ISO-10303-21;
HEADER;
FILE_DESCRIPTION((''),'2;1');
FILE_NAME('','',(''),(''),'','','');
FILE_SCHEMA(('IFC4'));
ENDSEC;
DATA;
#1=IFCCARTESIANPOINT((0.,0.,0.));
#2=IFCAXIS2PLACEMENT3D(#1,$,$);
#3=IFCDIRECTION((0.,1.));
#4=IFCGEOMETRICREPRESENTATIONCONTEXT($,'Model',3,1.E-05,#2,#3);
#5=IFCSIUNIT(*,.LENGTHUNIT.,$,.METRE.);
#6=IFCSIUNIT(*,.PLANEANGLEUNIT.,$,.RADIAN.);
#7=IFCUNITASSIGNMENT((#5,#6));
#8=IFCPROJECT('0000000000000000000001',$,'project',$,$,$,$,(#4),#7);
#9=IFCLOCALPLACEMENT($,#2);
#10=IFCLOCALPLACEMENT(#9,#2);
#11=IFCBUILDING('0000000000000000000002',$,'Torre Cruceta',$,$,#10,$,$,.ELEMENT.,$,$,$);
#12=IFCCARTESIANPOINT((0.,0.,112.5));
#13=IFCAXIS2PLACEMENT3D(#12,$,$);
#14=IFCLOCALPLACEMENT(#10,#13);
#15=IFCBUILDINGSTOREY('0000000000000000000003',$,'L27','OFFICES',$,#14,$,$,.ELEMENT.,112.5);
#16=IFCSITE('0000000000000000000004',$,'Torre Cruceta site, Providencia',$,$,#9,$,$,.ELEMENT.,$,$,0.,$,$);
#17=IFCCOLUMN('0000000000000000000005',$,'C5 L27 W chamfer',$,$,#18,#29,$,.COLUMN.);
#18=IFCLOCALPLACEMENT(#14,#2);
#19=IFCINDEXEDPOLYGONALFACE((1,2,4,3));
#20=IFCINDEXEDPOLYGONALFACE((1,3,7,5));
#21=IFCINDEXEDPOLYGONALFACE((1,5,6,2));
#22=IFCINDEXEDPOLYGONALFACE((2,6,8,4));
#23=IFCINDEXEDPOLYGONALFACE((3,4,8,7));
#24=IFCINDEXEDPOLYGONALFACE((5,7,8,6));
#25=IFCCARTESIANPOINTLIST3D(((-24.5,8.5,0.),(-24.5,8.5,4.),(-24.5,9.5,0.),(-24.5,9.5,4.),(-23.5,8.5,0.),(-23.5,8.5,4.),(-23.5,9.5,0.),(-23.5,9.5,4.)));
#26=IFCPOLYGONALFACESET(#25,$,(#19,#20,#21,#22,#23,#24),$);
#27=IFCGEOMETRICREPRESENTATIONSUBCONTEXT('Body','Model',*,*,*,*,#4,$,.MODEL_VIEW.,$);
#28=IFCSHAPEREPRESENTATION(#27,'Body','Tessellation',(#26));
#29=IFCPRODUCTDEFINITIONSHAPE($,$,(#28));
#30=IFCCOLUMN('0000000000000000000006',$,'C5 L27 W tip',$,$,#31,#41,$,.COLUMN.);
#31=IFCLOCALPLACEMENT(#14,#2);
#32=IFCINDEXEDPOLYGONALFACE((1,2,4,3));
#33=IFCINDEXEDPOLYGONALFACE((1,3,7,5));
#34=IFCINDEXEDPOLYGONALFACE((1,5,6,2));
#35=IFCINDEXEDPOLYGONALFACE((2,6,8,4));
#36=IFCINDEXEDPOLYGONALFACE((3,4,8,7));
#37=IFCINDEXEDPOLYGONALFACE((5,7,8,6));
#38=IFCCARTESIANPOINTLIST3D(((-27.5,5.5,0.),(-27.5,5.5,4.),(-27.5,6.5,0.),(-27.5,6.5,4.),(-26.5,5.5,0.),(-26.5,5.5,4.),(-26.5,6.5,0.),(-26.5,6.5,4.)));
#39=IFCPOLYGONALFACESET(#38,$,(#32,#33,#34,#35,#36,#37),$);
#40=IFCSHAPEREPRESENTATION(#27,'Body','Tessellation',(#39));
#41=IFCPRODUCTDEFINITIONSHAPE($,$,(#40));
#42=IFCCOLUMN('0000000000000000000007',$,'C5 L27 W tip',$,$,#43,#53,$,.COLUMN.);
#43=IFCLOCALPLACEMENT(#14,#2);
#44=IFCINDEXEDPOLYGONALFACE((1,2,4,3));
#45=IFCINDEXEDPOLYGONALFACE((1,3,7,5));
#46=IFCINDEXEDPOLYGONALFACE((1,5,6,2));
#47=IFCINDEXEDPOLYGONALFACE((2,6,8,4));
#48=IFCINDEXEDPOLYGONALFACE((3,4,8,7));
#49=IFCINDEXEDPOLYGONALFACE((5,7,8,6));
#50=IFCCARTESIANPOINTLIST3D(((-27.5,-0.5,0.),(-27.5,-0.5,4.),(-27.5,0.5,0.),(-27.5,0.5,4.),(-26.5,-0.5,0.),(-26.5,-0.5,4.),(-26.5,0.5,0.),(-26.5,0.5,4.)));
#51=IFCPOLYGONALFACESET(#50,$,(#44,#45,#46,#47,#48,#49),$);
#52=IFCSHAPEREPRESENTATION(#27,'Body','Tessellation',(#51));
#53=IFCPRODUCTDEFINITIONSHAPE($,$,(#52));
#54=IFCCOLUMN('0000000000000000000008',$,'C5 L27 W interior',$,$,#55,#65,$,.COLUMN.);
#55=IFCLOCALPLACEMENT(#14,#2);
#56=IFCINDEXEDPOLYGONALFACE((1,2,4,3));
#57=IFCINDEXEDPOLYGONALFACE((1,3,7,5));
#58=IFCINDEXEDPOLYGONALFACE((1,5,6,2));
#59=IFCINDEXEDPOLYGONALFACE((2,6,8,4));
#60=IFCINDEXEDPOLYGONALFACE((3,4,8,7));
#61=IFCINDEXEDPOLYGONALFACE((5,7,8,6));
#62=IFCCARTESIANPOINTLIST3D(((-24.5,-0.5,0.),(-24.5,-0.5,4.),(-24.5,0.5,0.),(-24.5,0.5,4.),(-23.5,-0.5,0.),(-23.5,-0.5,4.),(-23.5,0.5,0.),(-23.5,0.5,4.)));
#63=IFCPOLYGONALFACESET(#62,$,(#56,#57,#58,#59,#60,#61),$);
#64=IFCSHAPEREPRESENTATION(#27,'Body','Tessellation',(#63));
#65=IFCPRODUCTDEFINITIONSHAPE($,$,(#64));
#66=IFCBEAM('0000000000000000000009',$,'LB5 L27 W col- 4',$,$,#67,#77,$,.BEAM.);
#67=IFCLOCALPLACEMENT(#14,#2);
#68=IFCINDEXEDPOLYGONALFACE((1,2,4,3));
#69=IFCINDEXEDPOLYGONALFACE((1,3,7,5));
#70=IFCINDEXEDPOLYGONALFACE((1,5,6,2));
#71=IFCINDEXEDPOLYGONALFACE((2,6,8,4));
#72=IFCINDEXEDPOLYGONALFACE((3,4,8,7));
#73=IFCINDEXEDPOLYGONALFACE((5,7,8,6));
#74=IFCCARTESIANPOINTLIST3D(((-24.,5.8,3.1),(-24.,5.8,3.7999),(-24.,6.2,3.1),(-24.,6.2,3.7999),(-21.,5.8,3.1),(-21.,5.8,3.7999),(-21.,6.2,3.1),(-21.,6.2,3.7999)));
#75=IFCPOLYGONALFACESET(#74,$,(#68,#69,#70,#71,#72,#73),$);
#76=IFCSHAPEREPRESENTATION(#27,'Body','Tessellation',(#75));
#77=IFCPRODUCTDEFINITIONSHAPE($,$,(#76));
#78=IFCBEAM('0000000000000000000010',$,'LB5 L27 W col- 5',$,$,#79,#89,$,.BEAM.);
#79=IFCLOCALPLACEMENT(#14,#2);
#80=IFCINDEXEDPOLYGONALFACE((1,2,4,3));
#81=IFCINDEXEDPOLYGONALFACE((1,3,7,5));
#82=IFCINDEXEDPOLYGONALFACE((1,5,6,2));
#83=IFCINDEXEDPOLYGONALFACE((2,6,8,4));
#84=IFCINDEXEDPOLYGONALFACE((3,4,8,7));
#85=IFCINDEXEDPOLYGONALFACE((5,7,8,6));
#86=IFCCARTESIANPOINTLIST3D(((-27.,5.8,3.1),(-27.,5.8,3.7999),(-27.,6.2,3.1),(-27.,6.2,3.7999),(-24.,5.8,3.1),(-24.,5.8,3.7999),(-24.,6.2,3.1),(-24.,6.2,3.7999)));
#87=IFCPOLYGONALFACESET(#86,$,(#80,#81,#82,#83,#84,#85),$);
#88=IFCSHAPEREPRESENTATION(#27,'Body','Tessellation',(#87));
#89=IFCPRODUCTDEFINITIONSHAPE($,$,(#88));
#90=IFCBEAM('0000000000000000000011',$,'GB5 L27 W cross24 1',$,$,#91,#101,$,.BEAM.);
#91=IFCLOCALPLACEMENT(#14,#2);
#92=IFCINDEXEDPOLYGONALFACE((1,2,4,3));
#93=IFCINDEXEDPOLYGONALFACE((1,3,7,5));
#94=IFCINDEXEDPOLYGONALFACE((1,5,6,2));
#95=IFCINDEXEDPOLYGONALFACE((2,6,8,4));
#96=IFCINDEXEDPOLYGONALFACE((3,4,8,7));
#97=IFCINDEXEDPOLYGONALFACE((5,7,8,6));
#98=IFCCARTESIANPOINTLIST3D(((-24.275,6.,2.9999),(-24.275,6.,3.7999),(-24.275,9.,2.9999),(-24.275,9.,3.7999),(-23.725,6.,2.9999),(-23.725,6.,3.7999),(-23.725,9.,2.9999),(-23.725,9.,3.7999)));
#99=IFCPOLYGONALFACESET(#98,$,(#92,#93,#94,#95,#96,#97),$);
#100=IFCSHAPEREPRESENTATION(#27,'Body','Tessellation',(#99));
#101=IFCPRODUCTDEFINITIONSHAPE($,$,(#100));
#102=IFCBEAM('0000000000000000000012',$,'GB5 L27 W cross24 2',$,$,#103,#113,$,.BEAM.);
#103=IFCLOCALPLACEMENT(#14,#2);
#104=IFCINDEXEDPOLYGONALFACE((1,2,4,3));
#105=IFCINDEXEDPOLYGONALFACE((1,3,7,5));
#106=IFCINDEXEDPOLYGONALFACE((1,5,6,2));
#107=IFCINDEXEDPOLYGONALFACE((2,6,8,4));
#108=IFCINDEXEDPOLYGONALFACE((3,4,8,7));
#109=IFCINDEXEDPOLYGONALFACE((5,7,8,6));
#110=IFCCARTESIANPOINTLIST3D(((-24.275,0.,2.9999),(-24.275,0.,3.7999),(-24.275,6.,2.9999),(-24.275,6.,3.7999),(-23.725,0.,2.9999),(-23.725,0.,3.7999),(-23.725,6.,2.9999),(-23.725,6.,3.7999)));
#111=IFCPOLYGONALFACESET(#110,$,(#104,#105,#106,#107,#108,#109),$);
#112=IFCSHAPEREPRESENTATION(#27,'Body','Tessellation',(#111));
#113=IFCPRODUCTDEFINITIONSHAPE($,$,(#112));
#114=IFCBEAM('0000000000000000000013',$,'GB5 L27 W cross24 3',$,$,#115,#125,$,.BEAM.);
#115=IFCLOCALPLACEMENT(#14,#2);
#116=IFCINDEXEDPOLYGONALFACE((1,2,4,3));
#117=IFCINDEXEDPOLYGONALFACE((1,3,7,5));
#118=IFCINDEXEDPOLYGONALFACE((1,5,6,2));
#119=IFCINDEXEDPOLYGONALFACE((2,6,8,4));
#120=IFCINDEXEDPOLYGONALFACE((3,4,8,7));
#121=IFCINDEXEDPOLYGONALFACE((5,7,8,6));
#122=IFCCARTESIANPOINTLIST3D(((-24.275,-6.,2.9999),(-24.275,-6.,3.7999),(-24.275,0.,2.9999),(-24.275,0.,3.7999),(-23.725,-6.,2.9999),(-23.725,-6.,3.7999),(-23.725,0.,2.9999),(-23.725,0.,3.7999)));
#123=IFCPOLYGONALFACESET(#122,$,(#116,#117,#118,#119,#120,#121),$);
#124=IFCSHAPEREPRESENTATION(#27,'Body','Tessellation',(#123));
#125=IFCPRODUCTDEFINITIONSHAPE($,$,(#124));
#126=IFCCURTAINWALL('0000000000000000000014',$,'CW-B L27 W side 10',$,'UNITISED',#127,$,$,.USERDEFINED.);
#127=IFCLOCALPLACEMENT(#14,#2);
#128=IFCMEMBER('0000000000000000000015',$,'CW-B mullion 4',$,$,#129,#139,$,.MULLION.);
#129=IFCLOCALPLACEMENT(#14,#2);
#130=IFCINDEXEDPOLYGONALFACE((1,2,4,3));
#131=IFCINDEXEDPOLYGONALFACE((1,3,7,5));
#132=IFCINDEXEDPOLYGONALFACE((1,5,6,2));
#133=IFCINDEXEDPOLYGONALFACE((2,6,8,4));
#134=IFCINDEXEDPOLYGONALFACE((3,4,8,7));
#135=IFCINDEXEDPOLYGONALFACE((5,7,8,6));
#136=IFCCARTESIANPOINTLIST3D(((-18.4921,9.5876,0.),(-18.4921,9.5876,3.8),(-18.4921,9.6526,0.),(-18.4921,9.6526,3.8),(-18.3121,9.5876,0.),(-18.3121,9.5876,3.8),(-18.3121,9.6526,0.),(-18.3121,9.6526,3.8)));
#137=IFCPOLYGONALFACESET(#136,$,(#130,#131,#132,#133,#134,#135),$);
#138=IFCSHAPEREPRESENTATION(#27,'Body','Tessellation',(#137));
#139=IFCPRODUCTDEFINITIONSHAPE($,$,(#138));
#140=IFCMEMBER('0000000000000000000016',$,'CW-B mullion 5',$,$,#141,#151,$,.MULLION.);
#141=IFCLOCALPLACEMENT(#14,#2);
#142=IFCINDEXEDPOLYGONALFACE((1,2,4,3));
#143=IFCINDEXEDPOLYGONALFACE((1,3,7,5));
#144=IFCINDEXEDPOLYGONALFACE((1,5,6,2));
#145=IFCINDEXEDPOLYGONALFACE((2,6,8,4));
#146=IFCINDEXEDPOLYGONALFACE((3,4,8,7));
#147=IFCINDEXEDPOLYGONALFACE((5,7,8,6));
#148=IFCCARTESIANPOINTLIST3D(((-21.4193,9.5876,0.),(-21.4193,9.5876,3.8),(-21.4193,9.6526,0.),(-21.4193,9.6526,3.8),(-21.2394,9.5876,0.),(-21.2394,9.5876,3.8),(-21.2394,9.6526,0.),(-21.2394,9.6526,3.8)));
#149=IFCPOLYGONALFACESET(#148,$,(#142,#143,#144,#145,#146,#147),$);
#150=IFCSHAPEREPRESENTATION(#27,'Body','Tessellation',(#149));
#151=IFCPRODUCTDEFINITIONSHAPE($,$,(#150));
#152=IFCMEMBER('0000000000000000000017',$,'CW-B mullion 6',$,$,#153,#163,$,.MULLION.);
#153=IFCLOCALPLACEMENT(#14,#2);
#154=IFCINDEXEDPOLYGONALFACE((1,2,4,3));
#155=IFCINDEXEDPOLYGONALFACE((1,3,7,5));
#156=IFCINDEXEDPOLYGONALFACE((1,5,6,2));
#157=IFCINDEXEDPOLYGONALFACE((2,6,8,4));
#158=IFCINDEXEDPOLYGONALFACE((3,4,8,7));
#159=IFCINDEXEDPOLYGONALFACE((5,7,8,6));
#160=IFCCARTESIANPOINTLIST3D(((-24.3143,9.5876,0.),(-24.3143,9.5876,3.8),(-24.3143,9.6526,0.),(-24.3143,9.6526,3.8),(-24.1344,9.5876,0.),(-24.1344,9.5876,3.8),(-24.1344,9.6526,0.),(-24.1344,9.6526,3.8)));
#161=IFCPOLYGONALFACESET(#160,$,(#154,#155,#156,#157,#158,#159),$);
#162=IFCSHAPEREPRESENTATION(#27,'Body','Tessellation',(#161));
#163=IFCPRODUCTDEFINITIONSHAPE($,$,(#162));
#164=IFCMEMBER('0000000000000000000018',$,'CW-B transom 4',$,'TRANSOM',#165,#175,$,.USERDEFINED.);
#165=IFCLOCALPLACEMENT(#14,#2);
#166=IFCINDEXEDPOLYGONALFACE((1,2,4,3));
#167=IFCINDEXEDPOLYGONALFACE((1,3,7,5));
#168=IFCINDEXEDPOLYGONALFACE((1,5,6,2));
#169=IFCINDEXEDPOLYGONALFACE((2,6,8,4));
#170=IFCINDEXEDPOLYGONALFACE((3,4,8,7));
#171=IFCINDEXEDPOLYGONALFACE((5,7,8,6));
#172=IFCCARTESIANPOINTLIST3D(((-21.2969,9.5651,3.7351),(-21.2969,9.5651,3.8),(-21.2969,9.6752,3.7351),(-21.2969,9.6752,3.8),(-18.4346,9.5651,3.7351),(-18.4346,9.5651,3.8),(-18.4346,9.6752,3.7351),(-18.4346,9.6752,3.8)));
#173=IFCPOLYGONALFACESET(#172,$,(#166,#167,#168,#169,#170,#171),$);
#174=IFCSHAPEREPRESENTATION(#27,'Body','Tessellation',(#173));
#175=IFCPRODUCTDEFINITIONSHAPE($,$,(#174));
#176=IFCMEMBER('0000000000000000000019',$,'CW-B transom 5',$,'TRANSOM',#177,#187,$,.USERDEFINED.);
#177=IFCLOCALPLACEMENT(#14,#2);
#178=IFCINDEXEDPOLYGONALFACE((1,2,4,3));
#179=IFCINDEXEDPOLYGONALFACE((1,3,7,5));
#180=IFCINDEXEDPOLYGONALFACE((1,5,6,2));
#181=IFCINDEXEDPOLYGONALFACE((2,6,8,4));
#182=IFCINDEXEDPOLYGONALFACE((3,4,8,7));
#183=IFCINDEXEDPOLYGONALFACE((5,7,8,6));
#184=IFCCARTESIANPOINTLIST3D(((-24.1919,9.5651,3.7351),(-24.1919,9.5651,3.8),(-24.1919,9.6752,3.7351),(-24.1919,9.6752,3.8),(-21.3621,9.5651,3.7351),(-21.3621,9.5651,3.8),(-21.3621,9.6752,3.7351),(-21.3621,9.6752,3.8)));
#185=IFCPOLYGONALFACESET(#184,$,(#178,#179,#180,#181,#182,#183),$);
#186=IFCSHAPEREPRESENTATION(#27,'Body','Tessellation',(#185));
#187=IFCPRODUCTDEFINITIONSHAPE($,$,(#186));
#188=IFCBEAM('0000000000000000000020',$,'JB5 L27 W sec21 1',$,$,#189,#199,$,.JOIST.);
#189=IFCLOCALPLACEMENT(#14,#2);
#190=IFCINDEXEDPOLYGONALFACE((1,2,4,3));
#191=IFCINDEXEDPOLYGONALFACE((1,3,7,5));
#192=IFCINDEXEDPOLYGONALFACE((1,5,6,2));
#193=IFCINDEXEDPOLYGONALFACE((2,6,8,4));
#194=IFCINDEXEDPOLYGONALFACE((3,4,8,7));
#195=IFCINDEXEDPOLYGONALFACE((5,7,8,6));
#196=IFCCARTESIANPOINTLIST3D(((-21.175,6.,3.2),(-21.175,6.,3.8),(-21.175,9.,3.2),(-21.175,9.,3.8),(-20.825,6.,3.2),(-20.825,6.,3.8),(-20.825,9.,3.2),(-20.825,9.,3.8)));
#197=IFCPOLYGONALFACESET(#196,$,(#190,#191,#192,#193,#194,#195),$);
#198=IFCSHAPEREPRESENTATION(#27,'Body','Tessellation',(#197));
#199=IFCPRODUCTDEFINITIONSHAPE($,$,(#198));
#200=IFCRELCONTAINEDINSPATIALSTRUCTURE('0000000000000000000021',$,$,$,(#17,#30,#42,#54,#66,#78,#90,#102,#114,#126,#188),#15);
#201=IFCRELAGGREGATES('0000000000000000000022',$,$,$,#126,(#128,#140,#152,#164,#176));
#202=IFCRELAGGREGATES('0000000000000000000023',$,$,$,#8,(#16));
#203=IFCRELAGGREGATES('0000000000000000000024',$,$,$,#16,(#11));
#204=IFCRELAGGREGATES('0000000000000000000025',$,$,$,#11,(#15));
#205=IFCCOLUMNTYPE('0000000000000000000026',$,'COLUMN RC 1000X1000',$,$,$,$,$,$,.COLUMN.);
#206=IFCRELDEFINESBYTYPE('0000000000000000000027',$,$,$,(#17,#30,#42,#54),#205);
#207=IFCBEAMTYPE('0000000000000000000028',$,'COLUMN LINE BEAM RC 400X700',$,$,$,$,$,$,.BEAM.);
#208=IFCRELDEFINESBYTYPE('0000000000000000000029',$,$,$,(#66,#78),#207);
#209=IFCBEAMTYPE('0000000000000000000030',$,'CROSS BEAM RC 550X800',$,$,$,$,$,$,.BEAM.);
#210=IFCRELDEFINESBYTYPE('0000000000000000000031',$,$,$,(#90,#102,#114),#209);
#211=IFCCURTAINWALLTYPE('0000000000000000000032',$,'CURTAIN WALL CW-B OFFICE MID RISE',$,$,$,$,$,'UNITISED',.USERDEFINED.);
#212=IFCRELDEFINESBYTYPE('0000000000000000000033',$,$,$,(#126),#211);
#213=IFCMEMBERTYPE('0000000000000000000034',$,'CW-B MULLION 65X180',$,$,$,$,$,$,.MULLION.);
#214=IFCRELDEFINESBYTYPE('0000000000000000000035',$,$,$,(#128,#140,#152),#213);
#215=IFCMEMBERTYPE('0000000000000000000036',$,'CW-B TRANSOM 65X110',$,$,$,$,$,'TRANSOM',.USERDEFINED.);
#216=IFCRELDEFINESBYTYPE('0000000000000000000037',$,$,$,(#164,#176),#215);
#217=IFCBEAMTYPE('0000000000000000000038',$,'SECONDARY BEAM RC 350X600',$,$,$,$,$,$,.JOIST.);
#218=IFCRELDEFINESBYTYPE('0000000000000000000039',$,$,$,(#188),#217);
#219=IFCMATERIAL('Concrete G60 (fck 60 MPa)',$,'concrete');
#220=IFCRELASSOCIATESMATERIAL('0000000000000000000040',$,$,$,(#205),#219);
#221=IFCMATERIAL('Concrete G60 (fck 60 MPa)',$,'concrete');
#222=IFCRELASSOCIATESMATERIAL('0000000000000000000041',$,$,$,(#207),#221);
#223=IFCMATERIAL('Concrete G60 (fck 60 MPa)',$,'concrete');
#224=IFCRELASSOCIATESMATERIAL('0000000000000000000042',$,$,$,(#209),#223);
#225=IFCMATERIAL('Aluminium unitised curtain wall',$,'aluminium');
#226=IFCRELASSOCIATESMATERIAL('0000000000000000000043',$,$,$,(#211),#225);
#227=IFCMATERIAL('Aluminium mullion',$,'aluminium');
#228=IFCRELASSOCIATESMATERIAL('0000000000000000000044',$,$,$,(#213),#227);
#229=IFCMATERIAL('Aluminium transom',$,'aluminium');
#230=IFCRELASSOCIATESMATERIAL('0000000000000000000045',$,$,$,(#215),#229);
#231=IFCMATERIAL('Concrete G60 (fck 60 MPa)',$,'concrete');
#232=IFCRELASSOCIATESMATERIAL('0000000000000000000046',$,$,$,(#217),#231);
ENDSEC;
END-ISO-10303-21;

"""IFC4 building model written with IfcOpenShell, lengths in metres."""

from ifc_helpers import new_model, si_unit, direction, frame, origin, origin_2d, place, context, subcontext, project, spatial, rectangle, extrude, material, material_profile, profile_set, type_object, element, aggregate, save


model = new_model("IFC4")

# Units and contexts
model_context = context("Model", 3, precision=1e-05, world=origin(), true_north=direction((0.0, 1.0)))
body_context = subcontext(model_context, "Body", "Model", "MODEL_VIEW")
ifc_project = project(units=[si_unit("LENGTHUNIT", "METRE"), si_unit("PLANEANGLEUNIT", "RADIAN")], contexts=[model_context])

# Site, building, storey
site_placement = place(None, origin())
site = spatial("IfcSite", under=ifc_project, at=site_placement, Name="Torre Cruceta site, Providencia", CompositionType="ELEMENT", RefElevation=0.0)
building_placement = place(site_placement, origin())
building = spatial("IfcBuilding", under=site, at=building_placement, Name="Torre Cruceta", CompositionType="ELEMENT")
storey_placement = place(building_placement, frame((0.0, 0.0, 112.5)))
storey = spatial("IfcBuildingStorey", under=building, at=storey_placement, Name="L27", Description="OFFICES", CompositionType="ELEMENT", Elevation=112.5)

# Columns
ifc_material_1 = material(Name="Concrete G60 (fck 60 MPa)", Category="concrete")
ifc_material_profile_1 = material_profile(ifc_material_1, rectangle(XDim=1.0, YDim=1.0, at=origin_2d()), Name="RC 1000X1000")
ifc_profile_set_1 = profile_set([ifc_material_profile_1], Name="Concrete G60 (fck 60 MPa)")
column_type = type_object("IfcColumnType", Name="COLUMN RC 1000X1000", PredefinedType="COLUMN", material=ifc_profile_set_1)
for number, where, z_axis, x_axis, name in (
    (1, (-24.0, 9.0, 0.0), (0.0, 0.0, 1.0), (1.0, 0.0, 0.0), "C5 L27 W chamfer"),
    (2, (-27.0, 6.0, 0.0), (0.0, 0.0, 1.0), (1.0, 0.0, 0.0), "C5 L27 W tip"),
    (3, (-27.0, 0.0, 0.0), (0.0, 0.0, 1.0), (1.0, 0.0, 0.0), "C5 L27 W tip"),
    (4, (-24.0, 0.0, 0.0), (0.0, 0.0, 1.0), (1.0, 0.0, 0.0), "C5 L27 W interior"),
):
    element("IfcColumn", number, at=place(storey_placement, frame(where, z_axis=z_axis, x_axis=x_axis)), inside=storey, type_object=column_type, Name=name, PredefinedType="COLUMN", context=body_context, shape_type="SweptSolid", body=[
        extrude(rectangle(XDim=1.0, YDim=1.0, at=origin_2d()), origin(), (0.0, 0.0, 1.0), 4.0),
    ])

# Beams
ifc_material_2 = material(Name="Concrete G60 (fck 60 MPa)", Category="concrete")
ifc_material_profile_2 = material_profile(ifc_material_2, rectangle(XDim=0.3999, YDim=0.7, at=origin_2d()), Name="RC 400X700")
ifc_profile_set_2 = profile_set([ifc_material_profile_2], Name="Concrete G60 (fck 60 MPa)")
beam_type_1 = type_object("IfcBeamType", Name="COLUMN LINE BEAM RC 400X700", PredefinedType="BEAM", material=ifc_profile_set_2)
for number, where, z_axis, x_axis, name in (
    (5, (-21.0, 6.0, 3.45), (-1.0, 0.0, 0.0), (0.0, -1.0, 0.0), "LB5 L27 W col- 4"),
    (6, (-24.0, 6.0, 3.45), (-1.0, 0.0, 0.0), (0.0, -1.0, 0.0), "LB5 L27 W col- 5"),
):
    element("IfcBeam", number, at=place(storey_placement, frame(where, z_axis=z_axis, x_axis=x_axis)), inside=storey, type_object=beam_type_1, Name=name, PredefinedType="BEAM", context=body_context, shape_type="SweptSolid", body=[
        extrude(rectangle(XDim=0.3999, YDim=0.7, at=origin_2d()), origin(), (0.0, 0.0, 1.0), 3.0),
    ])
ifc_material_3 = material(Name="Concrete G60 (fck 60 MPa)", Category="concrete")
ifc_material_profile_3 = material_profile(ifc_material_3, rectangle(XDim=0.55, YDim=0.8, at=origin_2d()), Name="RC 550X800")
ifc_profile_set_3 = profile_set([ifc_material_profile_3], Name="Concrete G60 (fck 60 MPa)")
beam_type_2 = type_object("IfcBeamType", Name="CROSS BEAM RC 550X800", PredefinedType="BEAM", material=ifc_profile_set_3)
beam_1_placement = place(storey_placement, frame((-24.0, 9.0, 3.3999), z_axis=(0.0, -1.0, 0.0), x_axis=(1.0, 0.0, 0.0)))
element("IfcBeam", 7, at=beam_1_placement, inside=storey, type_object=beam_type_2, Name="GB5 L27 W cross24 1", PredefinedType="BEAM", context=body_context, shape_type="SweptSolid", body=[
    extrude(rectangle(XDim=0.55, YDim=0.8, at=origin_2d()), origin(), (0.0, 0.0, 1.0), 3.0),
])
for number, where, z_axis, x_axis, name in (
    (8, (-24.0, 6.0, 3.3999), (0.0, -1.0, 0.0), (1.0, 0.0, 0.0), "GB5 L27 W cross24 2"),
    (9, (-24.0, 0.0, 3.3999), (0.0, -1.0, 0.0), (1.0, 0.0, 0.0), "GB5 L27 W cross24 3"),
):
    element("IfcBeam", number, at=place(storey_placement, frame(where, z_axis=z_axis, x_axis=x_axis)), inside=storey, type_object=beam_type_2, Name=name, PredefinedType="BEAM", context=body_context, shape_type="SweptSolid", body=[
        extrude(rectangle(XDim=0.55, YDim=0.8, at=origin_2d()), origin(), (0.0, 0.0, 1.0), 6.0),
    ])

# Curtain wall, members
ifc_material_4 = material(Name="Aluminium unitised curtain wall", Category="aluminium")
curtain_wall_type = type_object("IfcCurtainWallType", Name="CURTAIN WALL CW-B OFFICE MID RISE", ElementType="UNITISED", PredefinedType="USERDEFINED", material=ifc_material_4)
curtain_wall_placement = place(storey_placement, origin())
curtain_wall = element("IfcCurtainWall", 10, at=curtain_wall_placement, inside=storey, type_object=curtain_wall_type, Name="CW-B L27 W side 10", ObjectType="UNITISED", PredefinedType="USERDEFINED")
ifc_material_5 = material(Name="Aluminium mullion", Category="aluminium")
ifc_material_profile_4 = material_profile(ifc_material_5, rectangle(XDim=0.0649, YDim=0.1799, at=origin_2d()), Name="AL 65X180")
ifc_profile_set_4 = profile_set([ifc_material_profile_4], Name="Aluminium mullion")
member_type_1 = type_object("IfcMemberType", Name="CW-B MULLION 65X180", PredefinedType="MULLION", material=ifc_profile_set_4)
member_1_placement = place(storey_placement, frame((-18.4021, 9.6201, 0.0), z_axis=(0.0, 0.0, 1.0), x_axis=(0.0, -1.0, 0.0)))
member_1 = element("IfcMember", 11, at=member_1_placement, type_object=member_type_1, Name="CW-B mullion 4", PredefinedType="MULLION", context=body_context, shape_type="SweptSolid", body=[
    extrude(rectangle(XDim=0.0649, YDim=0.1799, at=origin_2d()), origin(), (0.0, 0.0, 1.0), 3.8),
])
member_2_placement = place(storey_placement, frame((-21.3293, 9.6201, 0.0), z_axis=(0.0, 0.0, 1.0), x_axis=(0.0, -1.0, 0.0)))
member_2 = element("IfcMember", 12, at=member_2_placement, type_object=member_type_1, Name="CW-B mullion 5", PredefinedType="MULLION", context=body_context, shape_type="SweptSolid", body=[
    extrude(rectangle(XDim=0.0649, YDim=0.1799, at=origin_2d()), origin(), (0.0, 0.0, 1.0), 3.8),
])
member_3_placement = place(storey_placement, frame((-24.2244, 9.6201, 0.0), z_axis=(0.0, 0.0, 1.0), x_axis=(0.0, -1.0, 0.0)))
member_3 = element("IfcMember", 13, at=member_3_placement, type_object=member_type_1, Name="CW-B mullion 6", PredefinedType="MULLION", context=body_context, shape_type="SweptSolid", body=[
    extrude(rectangle(XDim=0.0649, YDim=0.1799, at=origin_2d()), origin(), (0.0, 0.0, 1.0), 3.8),
])
ifc_material_6 = material(Name="Aluminium transom", Category="aluminium")
ifc_material_profile_5 = material_profile(ifc_material_6, rectangle(XDim=0.1101, YDim=0.0649, at=origin_2d()), Name="AL 110X65")
ifc_profile_set_5 = profile_set([ifc_material_profile_5], Name="Aluminium transom")
member_type_2 = type_object("IfcMemberType", Name="CW-B TRANSOM 65X110", ElementType="TRANSOM", PredefinedType="USERDEFINED", material=ifc_profile_set_5)
member_4_placement = place(storey_placement, frame((-18.4346, 9.6201, 3.7676), z_axis=(-1.0, 0.0, 0.0), x_axis=(0.0, -1.0, 0.0)))
member_4 = element("IfcMember", 14, at=member_4_placement, type_object=member_type_2, Name="CW-B transom 4", ObjectType="TRANSOM", PredefinedType="USERDEFINED", context=body_context, shape_type="SweptSolid", body=[
    extrude(rectangle(XDim=0.1101, YDim=0.0649, at=origin_2d()), origin(), (0.0, 0.0, 1.0), 2.8623),
])
member_5_placement = place(storey_placement, frame((-21.3621, 9.6201, 3.7676), z_axis=(-1.0, 0.0, 0.0), x_axis=(0.0, -1.0, 0.0)))
member_5 = element("IfcMember", 15, at=member_5_placement, type_object=member_type_2, Name="CW-B transom 5", ObjectType="TRANSOM", PredefinedType="USERDEFINED", context=body_context, shape_type="SweptSolid", body=[
    extrude(rectangle(XDim=0.1101, YDim=0.0649, at=origin_2d()), origin(), (0.0, 0.0, 1.0), 2.8298),
])

# Beam
ifc_material_7 = material(Name="Concrete G60 (fck 60 MPa)", Category="concrete")
ifc_material_profile_6 = material_profile(ifc_material_7, rectangle(XDim=0.3501, YDim=0.6001, at=origin_2d()), Name="RC 350X600")
ifc_profile_set_6 = profile_set([ifc_material_profile_6], Name="Concrete G60 (fck 60 MPa)")
beam_type_3 = type_object("IfcBeamType", Name="SECONDARY BEAM RC 350X600", PredefinedType="JOIST", material=ifc_profile_set_6)
beam_2_placement = place(storey_placement, frame((-21.0, 9.0, 3.5), z_axis=(0.0, -1.0, 0.0), x_axis=(1.0, 0.0, 0.0)))
element("IfcBeam", 16, at=beam_2_placement, inside=storey, type_object=beam_type_3, Name="JB5 L27 W sec21 1", PredefinedType="JOIST", context=body_context, shape_type="SweptSolid", body=[
    extrude(rectangle(XDim=0.3501, YDim=0.6001, at=origin_2d()), origin(), (0.0, 0.0, 1.0), 3.0),
])

aggregate(curtain_wall, [member_1, member_2, member_3, member_4, member_5])

save(model, "model.ifc")
